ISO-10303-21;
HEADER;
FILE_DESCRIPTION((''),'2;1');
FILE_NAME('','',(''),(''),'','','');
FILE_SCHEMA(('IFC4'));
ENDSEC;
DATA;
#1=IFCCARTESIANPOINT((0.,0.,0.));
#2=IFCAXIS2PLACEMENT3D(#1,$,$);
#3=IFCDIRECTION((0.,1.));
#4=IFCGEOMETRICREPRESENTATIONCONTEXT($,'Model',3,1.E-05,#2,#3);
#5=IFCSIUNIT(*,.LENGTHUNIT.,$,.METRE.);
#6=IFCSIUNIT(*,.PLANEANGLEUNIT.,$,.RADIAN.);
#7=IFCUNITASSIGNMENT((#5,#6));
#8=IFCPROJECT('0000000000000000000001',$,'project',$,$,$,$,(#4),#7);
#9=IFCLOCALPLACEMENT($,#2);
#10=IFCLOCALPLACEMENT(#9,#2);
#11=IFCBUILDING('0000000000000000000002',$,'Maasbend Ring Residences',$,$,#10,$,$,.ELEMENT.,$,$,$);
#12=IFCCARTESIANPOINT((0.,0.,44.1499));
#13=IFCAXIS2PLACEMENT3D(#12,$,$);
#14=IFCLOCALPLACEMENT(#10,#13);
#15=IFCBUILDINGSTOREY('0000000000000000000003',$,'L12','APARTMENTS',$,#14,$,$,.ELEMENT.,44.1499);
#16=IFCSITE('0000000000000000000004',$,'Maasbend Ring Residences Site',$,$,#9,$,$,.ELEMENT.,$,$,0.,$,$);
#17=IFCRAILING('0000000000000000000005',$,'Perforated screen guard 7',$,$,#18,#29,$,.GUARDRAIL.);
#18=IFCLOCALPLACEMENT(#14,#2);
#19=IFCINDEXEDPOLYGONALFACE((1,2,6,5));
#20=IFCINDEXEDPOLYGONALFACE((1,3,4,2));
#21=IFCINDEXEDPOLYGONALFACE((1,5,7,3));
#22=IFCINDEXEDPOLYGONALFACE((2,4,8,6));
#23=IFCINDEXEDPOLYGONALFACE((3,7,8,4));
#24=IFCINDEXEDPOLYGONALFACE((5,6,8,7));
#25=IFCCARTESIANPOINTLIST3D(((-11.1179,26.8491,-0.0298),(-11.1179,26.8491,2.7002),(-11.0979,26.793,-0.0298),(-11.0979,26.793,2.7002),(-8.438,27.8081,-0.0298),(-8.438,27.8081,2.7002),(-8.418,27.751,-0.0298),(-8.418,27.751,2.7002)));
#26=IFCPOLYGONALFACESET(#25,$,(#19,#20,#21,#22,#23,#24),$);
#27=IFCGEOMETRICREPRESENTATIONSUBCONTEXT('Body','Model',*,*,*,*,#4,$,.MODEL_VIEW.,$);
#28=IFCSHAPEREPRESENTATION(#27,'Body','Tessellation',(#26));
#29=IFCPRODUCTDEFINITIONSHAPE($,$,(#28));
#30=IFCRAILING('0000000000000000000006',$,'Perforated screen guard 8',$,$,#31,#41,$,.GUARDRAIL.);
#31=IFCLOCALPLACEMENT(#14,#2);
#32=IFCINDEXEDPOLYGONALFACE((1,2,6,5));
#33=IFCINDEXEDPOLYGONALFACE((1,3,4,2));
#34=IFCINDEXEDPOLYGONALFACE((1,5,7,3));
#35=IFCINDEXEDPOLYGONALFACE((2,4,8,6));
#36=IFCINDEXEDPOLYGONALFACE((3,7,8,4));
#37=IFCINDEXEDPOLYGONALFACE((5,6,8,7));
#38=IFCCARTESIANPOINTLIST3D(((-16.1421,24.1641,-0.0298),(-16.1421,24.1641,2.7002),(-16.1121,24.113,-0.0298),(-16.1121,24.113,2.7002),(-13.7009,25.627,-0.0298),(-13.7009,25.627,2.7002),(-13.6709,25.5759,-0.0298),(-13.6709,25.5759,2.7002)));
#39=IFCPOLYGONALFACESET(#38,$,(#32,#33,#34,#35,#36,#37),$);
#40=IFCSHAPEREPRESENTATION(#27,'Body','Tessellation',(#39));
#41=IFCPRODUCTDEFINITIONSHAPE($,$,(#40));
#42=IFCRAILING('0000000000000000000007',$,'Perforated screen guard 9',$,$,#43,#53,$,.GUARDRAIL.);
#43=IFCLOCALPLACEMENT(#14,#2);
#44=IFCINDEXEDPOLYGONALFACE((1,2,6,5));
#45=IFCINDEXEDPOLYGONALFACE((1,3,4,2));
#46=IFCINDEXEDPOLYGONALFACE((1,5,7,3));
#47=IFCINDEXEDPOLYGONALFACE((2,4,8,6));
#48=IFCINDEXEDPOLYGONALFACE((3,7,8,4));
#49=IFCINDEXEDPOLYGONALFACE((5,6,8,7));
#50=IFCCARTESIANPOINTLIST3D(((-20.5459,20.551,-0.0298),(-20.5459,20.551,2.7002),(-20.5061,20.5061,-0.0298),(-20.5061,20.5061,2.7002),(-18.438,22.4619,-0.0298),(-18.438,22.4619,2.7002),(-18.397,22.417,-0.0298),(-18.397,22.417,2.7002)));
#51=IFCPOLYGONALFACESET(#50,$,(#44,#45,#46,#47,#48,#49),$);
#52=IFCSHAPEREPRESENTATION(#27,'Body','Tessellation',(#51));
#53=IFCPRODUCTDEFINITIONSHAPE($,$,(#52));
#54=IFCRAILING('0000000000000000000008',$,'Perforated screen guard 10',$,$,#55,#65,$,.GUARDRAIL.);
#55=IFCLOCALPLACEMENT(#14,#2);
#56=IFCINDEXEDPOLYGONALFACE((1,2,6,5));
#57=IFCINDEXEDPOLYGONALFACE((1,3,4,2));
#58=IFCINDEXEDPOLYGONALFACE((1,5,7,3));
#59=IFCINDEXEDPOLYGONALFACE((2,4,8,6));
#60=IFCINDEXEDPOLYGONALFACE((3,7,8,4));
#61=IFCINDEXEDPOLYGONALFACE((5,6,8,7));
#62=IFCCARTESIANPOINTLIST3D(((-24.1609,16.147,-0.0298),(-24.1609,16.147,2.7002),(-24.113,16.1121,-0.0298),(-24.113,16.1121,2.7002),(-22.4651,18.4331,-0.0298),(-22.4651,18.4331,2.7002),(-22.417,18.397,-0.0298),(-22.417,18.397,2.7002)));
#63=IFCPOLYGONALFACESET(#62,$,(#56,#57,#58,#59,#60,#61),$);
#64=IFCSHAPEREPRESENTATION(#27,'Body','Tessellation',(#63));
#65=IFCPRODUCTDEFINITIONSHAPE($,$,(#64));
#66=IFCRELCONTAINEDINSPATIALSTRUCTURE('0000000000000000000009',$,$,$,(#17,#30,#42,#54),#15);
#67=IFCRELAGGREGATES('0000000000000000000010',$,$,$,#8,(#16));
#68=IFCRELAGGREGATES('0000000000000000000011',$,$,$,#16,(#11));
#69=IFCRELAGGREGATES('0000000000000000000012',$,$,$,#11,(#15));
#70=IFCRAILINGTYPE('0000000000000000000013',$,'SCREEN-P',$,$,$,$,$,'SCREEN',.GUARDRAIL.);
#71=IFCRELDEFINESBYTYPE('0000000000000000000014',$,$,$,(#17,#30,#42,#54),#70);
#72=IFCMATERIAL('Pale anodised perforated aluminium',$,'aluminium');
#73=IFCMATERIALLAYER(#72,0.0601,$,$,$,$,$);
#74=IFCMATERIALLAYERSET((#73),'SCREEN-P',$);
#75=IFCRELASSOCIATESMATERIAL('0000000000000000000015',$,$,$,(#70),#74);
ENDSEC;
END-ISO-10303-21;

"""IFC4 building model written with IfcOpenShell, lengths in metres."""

from ifc_helpers import new_model, si_unit, direction, frame, origin, place, context, subcontext, project, spatial, polyline, outline, extrude, material, layer, layer_set, type_object, element, save


model = new_model("IFC4")

# Units and contexts
model_context = context("Model", 3, precision=1e-05, world=origin(), true_north=direction((0.0, 1.0)))
body_context = subcontext(model_context, "Body", "Model", "MODEL_VIEW")
ifc_project = project(units=[si_unit("LENGTHUNIT", "METRE"), si_unit("PLANEANGLEUNIT", "RADIAN")], contexts=[model_context])

# Site, building, storey
site_placement = place(None, origin())
site = spatial("IfcSite", under=ifc_project, at=site_placement, Name="Maasbend Ring Residences Site", CompositionType="ELEMENT", RefElevation=0.0)
building_placement = place(site_placement, origin())
building = spatial("IfcBuilding", under=site, at=building_placement, Name="Maasbend Ring Residences", CompositionType="ELEMENT")
storey_placement = place(building_placement, frame((0.0, 0.0, 44.1499)))
storey = spatial("IfcBuildingStorey", under=building, at=storey_placement, Name="L12", Description="APARTMENTS", CompositionType="ELEMENT", Elevation=44.1499)

# Railings
ifc_material_1 = material(Name="Pale anodised perforated aluminium", Category="aluminium")
ifc_layer_1 = layer(ifc_material_1, 0.0601)
ifc_layer_set_1 = layer_set([ifc_layer_1], Name="SCREEN-P")
railing_type = type_object("IfcRailingType", Name="SCREEN-P", ElementType="SCREEN", PredefinedType="GUARDRAIL", material=ifc_layer_set_1)
railing_1_placement = place(storey_placement, frame((0.0, 0.0, -0.0298)))
element("IfcRailing", 1, at=railing_1_placement, inside=storey, type_object=railing_type, Name="Perforated screen guard 7", PredefinedType="GUARDRAIL", context=body_context, shape_type="SweptSolid", body=[
    extrude(outline(polyline([(-8.418, 27.751), (-11.0979, 26.793), (-11.1179, 26.8491), (-8.438, 27.8081), (-8.418, 27.751)])), origin(), (0.0, 0.0, 1.0), 2.73),
])
railing_2_placement = place(storey_placement, frame((0.0, 0.0, -0.0298)))
element("IfcRailing", 2, at=railing_2_placement, inside=storey, type_object=railing_type, Name="Perforated screen guard 8", PredefinedType="GUARDRAIL", context=body_context, shape_type="SweptSolid", body=[
    extrude(outline(polyline([(-13.6709, 25.5759), (-16.1121, 24.113), (-16.1421, 24.1641), (-13.7009, 25.627), (-13.6709, 25.5759)])), origin(), (0.0, 0.0, 1.0), 2.73),
])
railing_3_placement = place(storey_placement, frame((0.0, 0.0, -0.0298)))
element("IfcRailing", 3, at=railing_3_placement, inside=storey, type_object=railing_type, Name="Perforated screen guard 9", PredefinedType="GUARDRAIL", context=body_context, shape_type="SweptSolid", body=[
    extrude(outline(polyline([(-18.397, 22.417), (-20.5061, 20.5061), (-20.5459, 20.551), (-18.438, 22.4619), (-18.397, 22.417)])), origin(), (0.0, 0.0, 1.0), 2.73),
])
railing_4_placement = place(storey_placement, frame((0.0, 0.0, -0.0298)))
element("IfcRailing", 4, at=railing_4_placement, inside=storey, type_object=railing_type, Name="Perforated screen guard 10", PredefinedType="GUARDRAIL", context=body_context, shape_type="SweptSolid", body=[
    extrude(outline(polyline([(-22.417, 18.397), (-24.113, 16.1121), (-24.1609, 16.147), (-22.4651, 18.4331), (-22.417, 18.397)])), origin(), (0.0, 0.0, 1.0), 2.73),
])

save(model, "model.ifc")
